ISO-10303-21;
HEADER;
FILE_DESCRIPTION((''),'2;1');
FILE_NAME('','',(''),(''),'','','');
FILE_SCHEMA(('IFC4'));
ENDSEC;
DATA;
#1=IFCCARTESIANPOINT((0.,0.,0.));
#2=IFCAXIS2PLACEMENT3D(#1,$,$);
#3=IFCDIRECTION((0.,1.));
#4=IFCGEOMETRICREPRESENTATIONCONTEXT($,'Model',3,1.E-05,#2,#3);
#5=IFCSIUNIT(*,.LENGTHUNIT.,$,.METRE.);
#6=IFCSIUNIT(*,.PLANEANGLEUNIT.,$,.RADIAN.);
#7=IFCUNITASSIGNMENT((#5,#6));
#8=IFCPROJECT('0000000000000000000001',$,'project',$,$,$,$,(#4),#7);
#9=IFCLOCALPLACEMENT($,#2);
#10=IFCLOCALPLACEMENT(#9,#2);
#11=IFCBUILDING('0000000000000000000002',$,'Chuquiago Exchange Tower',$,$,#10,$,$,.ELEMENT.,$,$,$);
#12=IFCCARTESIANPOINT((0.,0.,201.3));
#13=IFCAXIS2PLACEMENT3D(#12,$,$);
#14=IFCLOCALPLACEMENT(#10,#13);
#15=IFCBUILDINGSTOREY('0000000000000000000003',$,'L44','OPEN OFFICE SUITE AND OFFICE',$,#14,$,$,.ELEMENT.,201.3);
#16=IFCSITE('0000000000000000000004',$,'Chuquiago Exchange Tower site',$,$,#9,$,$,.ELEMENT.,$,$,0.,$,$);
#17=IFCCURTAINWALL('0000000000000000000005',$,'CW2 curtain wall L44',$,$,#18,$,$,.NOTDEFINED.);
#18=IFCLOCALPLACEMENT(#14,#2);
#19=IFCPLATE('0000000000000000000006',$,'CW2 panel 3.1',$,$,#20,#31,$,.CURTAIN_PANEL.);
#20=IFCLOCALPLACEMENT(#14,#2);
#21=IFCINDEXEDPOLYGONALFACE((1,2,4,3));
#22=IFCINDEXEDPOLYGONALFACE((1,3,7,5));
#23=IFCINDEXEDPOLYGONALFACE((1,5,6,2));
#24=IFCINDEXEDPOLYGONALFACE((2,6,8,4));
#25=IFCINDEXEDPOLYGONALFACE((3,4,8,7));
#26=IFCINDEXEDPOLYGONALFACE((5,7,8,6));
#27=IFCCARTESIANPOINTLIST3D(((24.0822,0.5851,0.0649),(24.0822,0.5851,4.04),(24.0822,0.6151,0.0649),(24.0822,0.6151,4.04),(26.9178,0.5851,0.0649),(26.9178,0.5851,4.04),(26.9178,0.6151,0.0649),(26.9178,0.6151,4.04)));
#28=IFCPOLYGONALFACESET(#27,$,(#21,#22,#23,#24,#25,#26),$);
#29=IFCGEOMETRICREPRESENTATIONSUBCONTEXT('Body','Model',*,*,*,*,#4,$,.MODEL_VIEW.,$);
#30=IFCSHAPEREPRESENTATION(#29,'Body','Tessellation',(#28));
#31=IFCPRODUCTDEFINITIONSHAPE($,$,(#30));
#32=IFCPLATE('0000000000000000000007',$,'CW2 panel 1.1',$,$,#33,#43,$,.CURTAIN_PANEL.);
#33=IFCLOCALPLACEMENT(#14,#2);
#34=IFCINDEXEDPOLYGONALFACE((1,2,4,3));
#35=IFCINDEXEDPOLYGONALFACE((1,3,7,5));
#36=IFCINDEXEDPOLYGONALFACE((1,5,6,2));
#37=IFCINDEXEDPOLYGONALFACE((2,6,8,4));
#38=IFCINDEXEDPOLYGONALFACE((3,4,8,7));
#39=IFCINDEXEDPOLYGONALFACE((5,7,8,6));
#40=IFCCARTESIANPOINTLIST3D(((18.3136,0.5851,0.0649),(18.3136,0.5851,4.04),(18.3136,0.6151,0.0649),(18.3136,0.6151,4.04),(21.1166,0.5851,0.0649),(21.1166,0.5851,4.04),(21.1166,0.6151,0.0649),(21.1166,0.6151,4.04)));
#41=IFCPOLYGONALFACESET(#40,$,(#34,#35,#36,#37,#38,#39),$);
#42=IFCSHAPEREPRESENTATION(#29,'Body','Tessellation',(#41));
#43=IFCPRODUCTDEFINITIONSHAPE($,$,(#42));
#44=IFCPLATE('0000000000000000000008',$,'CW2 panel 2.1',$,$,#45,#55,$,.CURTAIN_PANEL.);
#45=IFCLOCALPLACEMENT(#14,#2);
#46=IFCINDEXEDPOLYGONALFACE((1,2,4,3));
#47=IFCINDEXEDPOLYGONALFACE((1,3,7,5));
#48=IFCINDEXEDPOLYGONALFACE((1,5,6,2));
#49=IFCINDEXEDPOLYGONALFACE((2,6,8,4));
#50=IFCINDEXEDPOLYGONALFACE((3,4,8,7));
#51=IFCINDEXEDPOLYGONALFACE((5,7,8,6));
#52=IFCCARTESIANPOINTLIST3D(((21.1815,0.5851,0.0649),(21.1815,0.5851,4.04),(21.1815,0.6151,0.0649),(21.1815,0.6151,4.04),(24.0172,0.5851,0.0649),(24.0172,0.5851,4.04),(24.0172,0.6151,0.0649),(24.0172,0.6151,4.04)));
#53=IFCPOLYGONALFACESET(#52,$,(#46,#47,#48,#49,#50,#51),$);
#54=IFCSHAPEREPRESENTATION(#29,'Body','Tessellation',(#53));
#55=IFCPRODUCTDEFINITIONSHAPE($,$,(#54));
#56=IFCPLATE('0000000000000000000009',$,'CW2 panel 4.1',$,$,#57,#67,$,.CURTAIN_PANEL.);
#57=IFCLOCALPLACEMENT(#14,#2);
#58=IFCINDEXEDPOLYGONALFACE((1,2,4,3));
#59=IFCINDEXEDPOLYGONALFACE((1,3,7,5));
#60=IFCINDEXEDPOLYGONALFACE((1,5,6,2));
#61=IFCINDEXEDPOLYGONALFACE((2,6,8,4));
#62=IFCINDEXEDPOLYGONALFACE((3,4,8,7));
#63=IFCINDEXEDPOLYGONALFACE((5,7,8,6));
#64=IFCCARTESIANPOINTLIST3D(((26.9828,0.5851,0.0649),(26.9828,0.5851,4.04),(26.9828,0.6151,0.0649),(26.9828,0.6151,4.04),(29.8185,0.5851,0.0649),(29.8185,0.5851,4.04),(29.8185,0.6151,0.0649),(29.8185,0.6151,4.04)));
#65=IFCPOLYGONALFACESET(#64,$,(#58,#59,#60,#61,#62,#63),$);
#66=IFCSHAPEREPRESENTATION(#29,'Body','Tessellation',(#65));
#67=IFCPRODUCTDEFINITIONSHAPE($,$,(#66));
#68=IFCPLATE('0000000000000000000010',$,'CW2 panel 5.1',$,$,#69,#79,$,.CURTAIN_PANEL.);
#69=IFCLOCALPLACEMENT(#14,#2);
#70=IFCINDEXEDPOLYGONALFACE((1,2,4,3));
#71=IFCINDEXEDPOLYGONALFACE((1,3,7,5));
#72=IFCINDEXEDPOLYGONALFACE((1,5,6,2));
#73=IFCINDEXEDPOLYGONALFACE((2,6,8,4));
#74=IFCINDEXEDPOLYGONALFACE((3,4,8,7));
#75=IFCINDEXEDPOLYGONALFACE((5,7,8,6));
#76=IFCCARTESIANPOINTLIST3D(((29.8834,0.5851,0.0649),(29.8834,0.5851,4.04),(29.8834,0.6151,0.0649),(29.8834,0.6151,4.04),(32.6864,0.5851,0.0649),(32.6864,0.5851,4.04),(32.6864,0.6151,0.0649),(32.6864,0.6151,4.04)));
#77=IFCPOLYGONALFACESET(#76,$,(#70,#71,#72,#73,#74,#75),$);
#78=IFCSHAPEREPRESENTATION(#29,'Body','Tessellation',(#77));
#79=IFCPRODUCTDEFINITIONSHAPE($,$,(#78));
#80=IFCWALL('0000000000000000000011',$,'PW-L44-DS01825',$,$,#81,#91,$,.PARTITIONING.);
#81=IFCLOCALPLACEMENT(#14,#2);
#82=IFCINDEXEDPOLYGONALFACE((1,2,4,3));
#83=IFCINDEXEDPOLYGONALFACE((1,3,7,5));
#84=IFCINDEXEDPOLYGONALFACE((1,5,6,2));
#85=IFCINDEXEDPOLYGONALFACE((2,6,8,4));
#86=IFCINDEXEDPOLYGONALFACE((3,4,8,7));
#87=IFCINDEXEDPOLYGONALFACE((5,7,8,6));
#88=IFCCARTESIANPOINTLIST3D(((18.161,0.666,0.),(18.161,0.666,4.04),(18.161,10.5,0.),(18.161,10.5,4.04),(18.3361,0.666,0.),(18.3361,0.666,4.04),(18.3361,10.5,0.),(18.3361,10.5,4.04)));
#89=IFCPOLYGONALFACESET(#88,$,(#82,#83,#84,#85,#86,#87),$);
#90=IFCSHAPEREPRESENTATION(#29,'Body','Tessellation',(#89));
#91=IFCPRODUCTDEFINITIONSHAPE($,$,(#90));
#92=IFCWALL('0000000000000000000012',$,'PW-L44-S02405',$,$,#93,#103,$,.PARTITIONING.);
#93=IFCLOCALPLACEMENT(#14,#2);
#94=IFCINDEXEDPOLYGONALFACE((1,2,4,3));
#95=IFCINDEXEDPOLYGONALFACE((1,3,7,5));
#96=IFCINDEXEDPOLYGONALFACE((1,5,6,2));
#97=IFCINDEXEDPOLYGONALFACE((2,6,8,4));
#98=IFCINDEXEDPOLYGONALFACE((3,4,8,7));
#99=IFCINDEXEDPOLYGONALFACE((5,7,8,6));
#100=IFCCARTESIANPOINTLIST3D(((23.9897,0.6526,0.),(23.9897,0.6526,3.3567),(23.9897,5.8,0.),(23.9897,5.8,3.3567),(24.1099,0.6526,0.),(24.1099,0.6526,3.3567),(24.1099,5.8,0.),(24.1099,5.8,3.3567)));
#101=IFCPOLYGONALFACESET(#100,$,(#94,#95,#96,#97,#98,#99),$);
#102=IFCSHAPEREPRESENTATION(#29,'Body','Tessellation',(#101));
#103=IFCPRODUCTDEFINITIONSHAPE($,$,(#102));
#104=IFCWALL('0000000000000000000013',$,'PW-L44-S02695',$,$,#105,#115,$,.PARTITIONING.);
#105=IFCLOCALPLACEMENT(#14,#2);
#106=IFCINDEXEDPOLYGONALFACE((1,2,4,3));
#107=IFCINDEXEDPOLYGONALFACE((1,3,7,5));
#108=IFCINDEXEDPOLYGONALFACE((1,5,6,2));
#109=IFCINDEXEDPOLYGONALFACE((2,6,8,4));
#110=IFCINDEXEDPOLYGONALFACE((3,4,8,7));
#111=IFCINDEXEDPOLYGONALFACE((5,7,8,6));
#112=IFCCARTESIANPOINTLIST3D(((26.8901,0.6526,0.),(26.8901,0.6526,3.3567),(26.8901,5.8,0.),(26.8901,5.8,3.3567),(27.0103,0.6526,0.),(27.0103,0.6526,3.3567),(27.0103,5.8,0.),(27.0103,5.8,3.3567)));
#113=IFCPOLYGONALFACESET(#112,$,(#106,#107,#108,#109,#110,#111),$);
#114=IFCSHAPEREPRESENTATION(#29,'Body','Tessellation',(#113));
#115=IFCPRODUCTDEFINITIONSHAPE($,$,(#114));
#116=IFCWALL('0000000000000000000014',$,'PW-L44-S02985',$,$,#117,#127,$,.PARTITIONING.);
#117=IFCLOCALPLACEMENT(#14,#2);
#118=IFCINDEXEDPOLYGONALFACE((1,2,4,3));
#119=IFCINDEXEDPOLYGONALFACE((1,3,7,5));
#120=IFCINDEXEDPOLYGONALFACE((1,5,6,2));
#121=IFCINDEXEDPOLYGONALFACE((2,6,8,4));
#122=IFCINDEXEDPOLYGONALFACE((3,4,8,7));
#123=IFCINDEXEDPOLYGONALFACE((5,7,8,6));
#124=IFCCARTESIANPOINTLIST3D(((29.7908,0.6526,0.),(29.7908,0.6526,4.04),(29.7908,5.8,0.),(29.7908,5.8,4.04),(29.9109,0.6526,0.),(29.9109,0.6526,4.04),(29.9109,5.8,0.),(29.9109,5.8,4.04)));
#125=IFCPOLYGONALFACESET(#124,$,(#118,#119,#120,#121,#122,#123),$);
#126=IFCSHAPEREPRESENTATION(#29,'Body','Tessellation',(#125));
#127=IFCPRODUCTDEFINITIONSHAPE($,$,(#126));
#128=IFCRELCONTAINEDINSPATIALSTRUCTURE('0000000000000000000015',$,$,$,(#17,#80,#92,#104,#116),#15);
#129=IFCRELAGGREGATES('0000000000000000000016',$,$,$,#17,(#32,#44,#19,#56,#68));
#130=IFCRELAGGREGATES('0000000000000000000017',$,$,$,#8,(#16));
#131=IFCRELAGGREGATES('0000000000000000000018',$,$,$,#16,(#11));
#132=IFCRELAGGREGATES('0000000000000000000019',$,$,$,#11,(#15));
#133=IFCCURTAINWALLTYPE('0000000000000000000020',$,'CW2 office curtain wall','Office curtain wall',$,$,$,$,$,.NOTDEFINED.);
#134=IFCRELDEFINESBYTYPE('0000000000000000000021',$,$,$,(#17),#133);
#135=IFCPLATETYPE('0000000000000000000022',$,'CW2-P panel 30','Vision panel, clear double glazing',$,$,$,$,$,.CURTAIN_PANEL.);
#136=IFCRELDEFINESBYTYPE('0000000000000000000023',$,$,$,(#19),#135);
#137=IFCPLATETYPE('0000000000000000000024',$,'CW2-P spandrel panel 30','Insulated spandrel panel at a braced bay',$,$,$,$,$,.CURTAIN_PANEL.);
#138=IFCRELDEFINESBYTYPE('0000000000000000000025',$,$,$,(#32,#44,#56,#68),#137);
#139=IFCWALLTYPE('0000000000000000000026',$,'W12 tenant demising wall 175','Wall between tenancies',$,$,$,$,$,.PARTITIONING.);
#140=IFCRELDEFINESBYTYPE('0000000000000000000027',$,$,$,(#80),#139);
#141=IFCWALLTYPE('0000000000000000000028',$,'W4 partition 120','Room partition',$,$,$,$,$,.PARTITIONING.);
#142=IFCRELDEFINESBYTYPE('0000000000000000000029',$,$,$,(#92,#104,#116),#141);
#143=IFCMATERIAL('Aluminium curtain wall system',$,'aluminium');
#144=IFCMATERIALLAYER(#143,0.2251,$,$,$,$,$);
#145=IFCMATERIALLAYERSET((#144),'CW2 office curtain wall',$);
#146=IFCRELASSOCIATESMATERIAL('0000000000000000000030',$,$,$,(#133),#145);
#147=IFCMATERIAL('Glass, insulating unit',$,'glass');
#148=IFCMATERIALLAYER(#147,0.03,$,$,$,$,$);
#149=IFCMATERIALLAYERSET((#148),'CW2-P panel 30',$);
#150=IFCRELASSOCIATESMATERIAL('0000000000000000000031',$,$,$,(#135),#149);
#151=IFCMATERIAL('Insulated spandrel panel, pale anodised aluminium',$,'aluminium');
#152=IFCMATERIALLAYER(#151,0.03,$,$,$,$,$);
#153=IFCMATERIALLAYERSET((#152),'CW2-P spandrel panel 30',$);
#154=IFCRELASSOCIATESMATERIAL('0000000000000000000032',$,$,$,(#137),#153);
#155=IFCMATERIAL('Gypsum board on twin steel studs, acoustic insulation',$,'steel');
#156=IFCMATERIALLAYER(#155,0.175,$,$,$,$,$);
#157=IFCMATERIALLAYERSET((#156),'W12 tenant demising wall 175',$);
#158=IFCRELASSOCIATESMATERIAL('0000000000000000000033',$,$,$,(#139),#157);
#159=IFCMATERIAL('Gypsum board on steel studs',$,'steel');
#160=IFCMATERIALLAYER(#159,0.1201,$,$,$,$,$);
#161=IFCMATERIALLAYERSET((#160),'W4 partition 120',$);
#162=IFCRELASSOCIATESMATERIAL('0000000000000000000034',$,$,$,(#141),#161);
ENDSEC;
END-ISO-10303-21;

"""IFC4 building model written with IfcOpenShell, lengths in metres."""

from ifc_helpers import new_model, si_unit, direction, frame, frame_2d, origin, origin_2d, place, context, subcontext, project, spatial, rectangle, extrude, material, layer, layer_set, type_object, element, aggregate, save


model = new_model("IFC4")

# Units and contexts
model_context = context("Model", 3, precision=1e-05, world=origin(), true_north=direction((0.0, 1.0)))
body_context = subcontext(model_context, "Body", "Model", "MODEL_VIEW")
ifc_project = project(units=[si_unit("LENGTHUNIT", "METRE"), si_unit("PLANEANGLEUNIT", "RADIAN")], contexts=[model_context])

# Site, building, storey
site_placement = place(None, origin())
site = spatial("IfcSite", under=ifc_project, at=site_placement, Name="Chuquiago Exchange Tower site", CompositionType="ELEMENT", RefElevation=0.0)
building_placement = place(site_placement, origin())
building = spatial("IfcBuilding", under=site, at=building_placement, Name="Chuquiago Exchange Tower", CompositionType="ELEMENT")
storey_placement = place(building_placement, frame((0.0, 0.0, 201.3)))
storey = spatial("IfcBuildingStorey", under=building, at=storey_placement, Name="L44", Description="OPEN OFFICE SUITE AND OFFICE", CompositionType="ELEMENT", Elevation=201.3)

# Curtain wall
ifc_material_1 = material(Name="Aluminium curtain wall system", Category="aluminium")
ifc_layer_1 = layer(ifc_material_1, 0.2251)
ifc_layer_set_1 = layer_set([ifc_layer_1], Name="CW2 office curtain wall")
curtain_wall_type_1 = type_object("IfcCurtainWallType", Name="CW2 office curtain wall", Description="Office curtain wall", PredefinedType="NOTDEFINED", material=ifc_layer_set_1)
curtain_wall_1_placement = place(storey_placement, origin())
curtain_wall_1 = element("IfcCurtainWall", 1, at=curtain_wall_1_placement, inside=storey, type_object=curtain_wall_type_1, Name="CW2 curtain wall L44", PredefinedType="NOTDEFINED")

# Plates
ifc_material_2 = material(Name="Glass, insulating unit", Category="glass")
ifc_layer_2 = layer(ifc_material_2, 0.03)
ifc_layer_set_2 = layer_set([ifc_layer_2], Name="CW2-P panel 30")
plate_type_1 = type_object("IfcPlateType", Name="CW2-P panel 30", Description="Vision panel, clear double glazing", PredefinedType="CURTAIN_PANEL", material=ifc_layer_set_2)
plate_1_placement = place(storey_placement, frame((25.5, 0.6001, 0.0649), z_axis=(0.0, 0.0, 1.0), x_axis=(1.0, 0.0, 0.0)))
plate_1 = element("IfcPlate", 2, at=plate_1_placement, type_object=plate_type_1, Name="CW2 panel 3.1", PredefinedType="CURTAIN_PANEL", context=body_context, shape_type="SweptSolid", body=[
    extrude(rectangle(XDim=2.8357, YDim=0.03, at=origin_2d()), origin(), (0.0, 0.0, 1.0), 3.9751),
])
ifc_material_3 = material(Name="Insulated spandrel panel, pale anodised aluminium", Category="aluminium")
ifc_layer_3 = layer(ifc_material_3, 0.03)
ifc_layer_set_3 = layer_set([ifc_layer_3], Name="CW2-P spandrel panel 30")
plate_type_2 = type_object("IfcPlateType", Name="CW2-P spandrel panel 30", Description="Insulated spandrel panel at a braced bay", PredefinedType="CURTAIN_PANEL", material=ifc_layer_set_3)
plate_2_placement = place(storey_placement, frame((19.7151, 0.6001, 0.0649), z_axis=(0.0, 0.0, 1.0), x_axis=(1.0, 0.0, 0.0)))
plate_2 = element("IfcPlate", 3, at=plate_2_placement, type_object=plate_type_2, Name="CW2 panel 1.1", PredefinedType="CURTAIN_PANEL", context=body_context, shape_type="SweptSolid", body=[
    extrude(rectangle(XDim=2.803, YDim=0.03, at=origin_2d()), origin(), (0.0, 0.0, 1.0), 3.9751),
])
plate_3_placement = place(storey_placement, frame((22.5994, 0.6001, 0.0649), z_axis=(0.0, 0.0, 1.0), x_axis=(1.0, 0.0, 0.0)))
plate_3 = element("IfcPlate", 4, at=plate_3_placement, type_object=plate_type_2, Name="CW2 panel 2.1", PredefinedType="CURTAIN_PANEL", context=body_context, shape_type="SweptSolid", body=[
    extrude(rectangle(XDim=2.8357, YDim=0.03, at=origin_2d()), origin(), (0.0, 0.0, 1.0), 3.9751),
])
plate_4_placement = place(storey_placement, frame((28.4006, 0.6001, 0.0649), z_axis=(0.0, 0.0, 1.0), x_axis=(1.0, 0.0, 0.0)))
plate_4 = element("IfcPlate", 5, at=plate_4_placement, type_object=plate_type_2, Name="CW2 panel 4.1", PredefinedType="CURTAIN_PANEL", context=body_context, shape_type="SweptSolid", body=[
    extrude(rectangle(XDim=2.8357, YDim=0.03, at=origin_2d()), origin(), (0.0, 0.0, 1.0), 3.9751),
])
plate_5_placement = place(storey_placement, frame((31.2849, 0.6001, 0.0649), z_axis=(0.0, 0.0, 1.0), x_axis=(1.0, 0.0, 0.0)))
plate_5 = element("IfcPlate", 6, at=plate_5_placement, type_object=plate_type_2, Name="CW2 panel 5.1", PredefinedType="CURTAIN_PANEL", context=body_context, shape_type="SweptSolid", body=[
    extrude(rectangle(XDim=2.803, YDim=0.03, at=origin_2d()), origin(), (0.0, 0.0, 1.0), 3.9751),
])
aggregate(curtain_wall_1, [plate_2, plate_3, plate_1, plate_4, plate_5])

# Walls
ifc_material_4 = material(Name="Gypsum board on twin steel studs, acoustic insulation", Category="steel")
ifc_layer_4 = layer(ifc_material_4, 0.175)
ifc_layer_set_4 = layer_set([ifc_layer_4], Name="W12 tenant demising wall 175")
wall_type_1 = type_object("IfcWallType", Name="W12 tenant demising wall 175", Description="Wall between tenancies", PredefinedType="PARTITIONING", material=ifc_layer_set_4)
wall_1_placement = place(storey_placement, frame((18.2485, 0.666, 0.0), z_axis=(0.0, 0.0, 1.0), x_axis=(0.0, 1.0, 0.0)))
element("IfcWall", 7, at=wall_1_placement, inside=storey, type_object=wall_type_1, Name="PW-L44-DS01825", PredefinedType="PARTITIONING", context=body_context, shape_type="SweptSolid", body=[
    extrude(rectangle(XDim=9.834, YDim=0.175, at=frame_2d((4.917, 0.0))), origin(), (0.0, 0.0, 1.0), 4.04),
])
ifc_material_5 = material(Name="Gypsum board on steel studs", Category="steel")
ifc_layer_5 = layer(ifc_material_5, 0.1201)
ifc_layer_set_5 = layer_set([ifc_layer_5], Name="W4 partition 120")
wall_type_2 = type_object("IfcWallType", Name="W4 partition 120", Description="Room partition", PredefinedType="PARTITIONING", material=ifc_layer_set_5)
for number, where, z_axis, x_axis, name in (
    (8, (24.0498, 0.6526, 0.0), (0.0, 0.0, 1.0), (0.0, 1.0, 0.0), "PW-L44-S02405"),
    (9, (26.9502, 0.6526, 0.0), (0.0, 0.0, 1.0), (0.0, 1.0, 0.0), "PW-L44-S02695"),
):
    element("IfcWall", number, at=place(storey_placement, frame(where, z_axis=z_axis, x_axis=x_axis)), inside=storey, type_object=wall_type_2, Name=name, PredefinedType="PARTITIONING", context=body_context, shape_type="SweptSolid", body=[
        extrude(rectangle(XDim=5.1475, YDim=0.1201, at=frame_2d((2.5737, 0.0))), origin(), (0.0, 0.0, 1.0), 3.3567),
    ])
wall_2_placement = place(storey_placement, frame((29.8508, 0.6526, 0.0), z_axis=(0.0, 0.0, 1.0), x_axis=(0.0, 1.0, 0.0)))
element("IfcWall", 10, at=wall_2_placement, inside=storey, type_object=wall_type_2, Name="PW-L44-S02985", PredefinedType="PARTITIONING", context=body_context, shape_type="SweptSolid", body=[
    extrude(rectangle(XDim=5.1475, YDim=0.1201, at=frame_2d((2.5737, 0.0))), origin(), (0.0, 0.0, 1.0), 4.04),
])

save(model, "model.ifc")
